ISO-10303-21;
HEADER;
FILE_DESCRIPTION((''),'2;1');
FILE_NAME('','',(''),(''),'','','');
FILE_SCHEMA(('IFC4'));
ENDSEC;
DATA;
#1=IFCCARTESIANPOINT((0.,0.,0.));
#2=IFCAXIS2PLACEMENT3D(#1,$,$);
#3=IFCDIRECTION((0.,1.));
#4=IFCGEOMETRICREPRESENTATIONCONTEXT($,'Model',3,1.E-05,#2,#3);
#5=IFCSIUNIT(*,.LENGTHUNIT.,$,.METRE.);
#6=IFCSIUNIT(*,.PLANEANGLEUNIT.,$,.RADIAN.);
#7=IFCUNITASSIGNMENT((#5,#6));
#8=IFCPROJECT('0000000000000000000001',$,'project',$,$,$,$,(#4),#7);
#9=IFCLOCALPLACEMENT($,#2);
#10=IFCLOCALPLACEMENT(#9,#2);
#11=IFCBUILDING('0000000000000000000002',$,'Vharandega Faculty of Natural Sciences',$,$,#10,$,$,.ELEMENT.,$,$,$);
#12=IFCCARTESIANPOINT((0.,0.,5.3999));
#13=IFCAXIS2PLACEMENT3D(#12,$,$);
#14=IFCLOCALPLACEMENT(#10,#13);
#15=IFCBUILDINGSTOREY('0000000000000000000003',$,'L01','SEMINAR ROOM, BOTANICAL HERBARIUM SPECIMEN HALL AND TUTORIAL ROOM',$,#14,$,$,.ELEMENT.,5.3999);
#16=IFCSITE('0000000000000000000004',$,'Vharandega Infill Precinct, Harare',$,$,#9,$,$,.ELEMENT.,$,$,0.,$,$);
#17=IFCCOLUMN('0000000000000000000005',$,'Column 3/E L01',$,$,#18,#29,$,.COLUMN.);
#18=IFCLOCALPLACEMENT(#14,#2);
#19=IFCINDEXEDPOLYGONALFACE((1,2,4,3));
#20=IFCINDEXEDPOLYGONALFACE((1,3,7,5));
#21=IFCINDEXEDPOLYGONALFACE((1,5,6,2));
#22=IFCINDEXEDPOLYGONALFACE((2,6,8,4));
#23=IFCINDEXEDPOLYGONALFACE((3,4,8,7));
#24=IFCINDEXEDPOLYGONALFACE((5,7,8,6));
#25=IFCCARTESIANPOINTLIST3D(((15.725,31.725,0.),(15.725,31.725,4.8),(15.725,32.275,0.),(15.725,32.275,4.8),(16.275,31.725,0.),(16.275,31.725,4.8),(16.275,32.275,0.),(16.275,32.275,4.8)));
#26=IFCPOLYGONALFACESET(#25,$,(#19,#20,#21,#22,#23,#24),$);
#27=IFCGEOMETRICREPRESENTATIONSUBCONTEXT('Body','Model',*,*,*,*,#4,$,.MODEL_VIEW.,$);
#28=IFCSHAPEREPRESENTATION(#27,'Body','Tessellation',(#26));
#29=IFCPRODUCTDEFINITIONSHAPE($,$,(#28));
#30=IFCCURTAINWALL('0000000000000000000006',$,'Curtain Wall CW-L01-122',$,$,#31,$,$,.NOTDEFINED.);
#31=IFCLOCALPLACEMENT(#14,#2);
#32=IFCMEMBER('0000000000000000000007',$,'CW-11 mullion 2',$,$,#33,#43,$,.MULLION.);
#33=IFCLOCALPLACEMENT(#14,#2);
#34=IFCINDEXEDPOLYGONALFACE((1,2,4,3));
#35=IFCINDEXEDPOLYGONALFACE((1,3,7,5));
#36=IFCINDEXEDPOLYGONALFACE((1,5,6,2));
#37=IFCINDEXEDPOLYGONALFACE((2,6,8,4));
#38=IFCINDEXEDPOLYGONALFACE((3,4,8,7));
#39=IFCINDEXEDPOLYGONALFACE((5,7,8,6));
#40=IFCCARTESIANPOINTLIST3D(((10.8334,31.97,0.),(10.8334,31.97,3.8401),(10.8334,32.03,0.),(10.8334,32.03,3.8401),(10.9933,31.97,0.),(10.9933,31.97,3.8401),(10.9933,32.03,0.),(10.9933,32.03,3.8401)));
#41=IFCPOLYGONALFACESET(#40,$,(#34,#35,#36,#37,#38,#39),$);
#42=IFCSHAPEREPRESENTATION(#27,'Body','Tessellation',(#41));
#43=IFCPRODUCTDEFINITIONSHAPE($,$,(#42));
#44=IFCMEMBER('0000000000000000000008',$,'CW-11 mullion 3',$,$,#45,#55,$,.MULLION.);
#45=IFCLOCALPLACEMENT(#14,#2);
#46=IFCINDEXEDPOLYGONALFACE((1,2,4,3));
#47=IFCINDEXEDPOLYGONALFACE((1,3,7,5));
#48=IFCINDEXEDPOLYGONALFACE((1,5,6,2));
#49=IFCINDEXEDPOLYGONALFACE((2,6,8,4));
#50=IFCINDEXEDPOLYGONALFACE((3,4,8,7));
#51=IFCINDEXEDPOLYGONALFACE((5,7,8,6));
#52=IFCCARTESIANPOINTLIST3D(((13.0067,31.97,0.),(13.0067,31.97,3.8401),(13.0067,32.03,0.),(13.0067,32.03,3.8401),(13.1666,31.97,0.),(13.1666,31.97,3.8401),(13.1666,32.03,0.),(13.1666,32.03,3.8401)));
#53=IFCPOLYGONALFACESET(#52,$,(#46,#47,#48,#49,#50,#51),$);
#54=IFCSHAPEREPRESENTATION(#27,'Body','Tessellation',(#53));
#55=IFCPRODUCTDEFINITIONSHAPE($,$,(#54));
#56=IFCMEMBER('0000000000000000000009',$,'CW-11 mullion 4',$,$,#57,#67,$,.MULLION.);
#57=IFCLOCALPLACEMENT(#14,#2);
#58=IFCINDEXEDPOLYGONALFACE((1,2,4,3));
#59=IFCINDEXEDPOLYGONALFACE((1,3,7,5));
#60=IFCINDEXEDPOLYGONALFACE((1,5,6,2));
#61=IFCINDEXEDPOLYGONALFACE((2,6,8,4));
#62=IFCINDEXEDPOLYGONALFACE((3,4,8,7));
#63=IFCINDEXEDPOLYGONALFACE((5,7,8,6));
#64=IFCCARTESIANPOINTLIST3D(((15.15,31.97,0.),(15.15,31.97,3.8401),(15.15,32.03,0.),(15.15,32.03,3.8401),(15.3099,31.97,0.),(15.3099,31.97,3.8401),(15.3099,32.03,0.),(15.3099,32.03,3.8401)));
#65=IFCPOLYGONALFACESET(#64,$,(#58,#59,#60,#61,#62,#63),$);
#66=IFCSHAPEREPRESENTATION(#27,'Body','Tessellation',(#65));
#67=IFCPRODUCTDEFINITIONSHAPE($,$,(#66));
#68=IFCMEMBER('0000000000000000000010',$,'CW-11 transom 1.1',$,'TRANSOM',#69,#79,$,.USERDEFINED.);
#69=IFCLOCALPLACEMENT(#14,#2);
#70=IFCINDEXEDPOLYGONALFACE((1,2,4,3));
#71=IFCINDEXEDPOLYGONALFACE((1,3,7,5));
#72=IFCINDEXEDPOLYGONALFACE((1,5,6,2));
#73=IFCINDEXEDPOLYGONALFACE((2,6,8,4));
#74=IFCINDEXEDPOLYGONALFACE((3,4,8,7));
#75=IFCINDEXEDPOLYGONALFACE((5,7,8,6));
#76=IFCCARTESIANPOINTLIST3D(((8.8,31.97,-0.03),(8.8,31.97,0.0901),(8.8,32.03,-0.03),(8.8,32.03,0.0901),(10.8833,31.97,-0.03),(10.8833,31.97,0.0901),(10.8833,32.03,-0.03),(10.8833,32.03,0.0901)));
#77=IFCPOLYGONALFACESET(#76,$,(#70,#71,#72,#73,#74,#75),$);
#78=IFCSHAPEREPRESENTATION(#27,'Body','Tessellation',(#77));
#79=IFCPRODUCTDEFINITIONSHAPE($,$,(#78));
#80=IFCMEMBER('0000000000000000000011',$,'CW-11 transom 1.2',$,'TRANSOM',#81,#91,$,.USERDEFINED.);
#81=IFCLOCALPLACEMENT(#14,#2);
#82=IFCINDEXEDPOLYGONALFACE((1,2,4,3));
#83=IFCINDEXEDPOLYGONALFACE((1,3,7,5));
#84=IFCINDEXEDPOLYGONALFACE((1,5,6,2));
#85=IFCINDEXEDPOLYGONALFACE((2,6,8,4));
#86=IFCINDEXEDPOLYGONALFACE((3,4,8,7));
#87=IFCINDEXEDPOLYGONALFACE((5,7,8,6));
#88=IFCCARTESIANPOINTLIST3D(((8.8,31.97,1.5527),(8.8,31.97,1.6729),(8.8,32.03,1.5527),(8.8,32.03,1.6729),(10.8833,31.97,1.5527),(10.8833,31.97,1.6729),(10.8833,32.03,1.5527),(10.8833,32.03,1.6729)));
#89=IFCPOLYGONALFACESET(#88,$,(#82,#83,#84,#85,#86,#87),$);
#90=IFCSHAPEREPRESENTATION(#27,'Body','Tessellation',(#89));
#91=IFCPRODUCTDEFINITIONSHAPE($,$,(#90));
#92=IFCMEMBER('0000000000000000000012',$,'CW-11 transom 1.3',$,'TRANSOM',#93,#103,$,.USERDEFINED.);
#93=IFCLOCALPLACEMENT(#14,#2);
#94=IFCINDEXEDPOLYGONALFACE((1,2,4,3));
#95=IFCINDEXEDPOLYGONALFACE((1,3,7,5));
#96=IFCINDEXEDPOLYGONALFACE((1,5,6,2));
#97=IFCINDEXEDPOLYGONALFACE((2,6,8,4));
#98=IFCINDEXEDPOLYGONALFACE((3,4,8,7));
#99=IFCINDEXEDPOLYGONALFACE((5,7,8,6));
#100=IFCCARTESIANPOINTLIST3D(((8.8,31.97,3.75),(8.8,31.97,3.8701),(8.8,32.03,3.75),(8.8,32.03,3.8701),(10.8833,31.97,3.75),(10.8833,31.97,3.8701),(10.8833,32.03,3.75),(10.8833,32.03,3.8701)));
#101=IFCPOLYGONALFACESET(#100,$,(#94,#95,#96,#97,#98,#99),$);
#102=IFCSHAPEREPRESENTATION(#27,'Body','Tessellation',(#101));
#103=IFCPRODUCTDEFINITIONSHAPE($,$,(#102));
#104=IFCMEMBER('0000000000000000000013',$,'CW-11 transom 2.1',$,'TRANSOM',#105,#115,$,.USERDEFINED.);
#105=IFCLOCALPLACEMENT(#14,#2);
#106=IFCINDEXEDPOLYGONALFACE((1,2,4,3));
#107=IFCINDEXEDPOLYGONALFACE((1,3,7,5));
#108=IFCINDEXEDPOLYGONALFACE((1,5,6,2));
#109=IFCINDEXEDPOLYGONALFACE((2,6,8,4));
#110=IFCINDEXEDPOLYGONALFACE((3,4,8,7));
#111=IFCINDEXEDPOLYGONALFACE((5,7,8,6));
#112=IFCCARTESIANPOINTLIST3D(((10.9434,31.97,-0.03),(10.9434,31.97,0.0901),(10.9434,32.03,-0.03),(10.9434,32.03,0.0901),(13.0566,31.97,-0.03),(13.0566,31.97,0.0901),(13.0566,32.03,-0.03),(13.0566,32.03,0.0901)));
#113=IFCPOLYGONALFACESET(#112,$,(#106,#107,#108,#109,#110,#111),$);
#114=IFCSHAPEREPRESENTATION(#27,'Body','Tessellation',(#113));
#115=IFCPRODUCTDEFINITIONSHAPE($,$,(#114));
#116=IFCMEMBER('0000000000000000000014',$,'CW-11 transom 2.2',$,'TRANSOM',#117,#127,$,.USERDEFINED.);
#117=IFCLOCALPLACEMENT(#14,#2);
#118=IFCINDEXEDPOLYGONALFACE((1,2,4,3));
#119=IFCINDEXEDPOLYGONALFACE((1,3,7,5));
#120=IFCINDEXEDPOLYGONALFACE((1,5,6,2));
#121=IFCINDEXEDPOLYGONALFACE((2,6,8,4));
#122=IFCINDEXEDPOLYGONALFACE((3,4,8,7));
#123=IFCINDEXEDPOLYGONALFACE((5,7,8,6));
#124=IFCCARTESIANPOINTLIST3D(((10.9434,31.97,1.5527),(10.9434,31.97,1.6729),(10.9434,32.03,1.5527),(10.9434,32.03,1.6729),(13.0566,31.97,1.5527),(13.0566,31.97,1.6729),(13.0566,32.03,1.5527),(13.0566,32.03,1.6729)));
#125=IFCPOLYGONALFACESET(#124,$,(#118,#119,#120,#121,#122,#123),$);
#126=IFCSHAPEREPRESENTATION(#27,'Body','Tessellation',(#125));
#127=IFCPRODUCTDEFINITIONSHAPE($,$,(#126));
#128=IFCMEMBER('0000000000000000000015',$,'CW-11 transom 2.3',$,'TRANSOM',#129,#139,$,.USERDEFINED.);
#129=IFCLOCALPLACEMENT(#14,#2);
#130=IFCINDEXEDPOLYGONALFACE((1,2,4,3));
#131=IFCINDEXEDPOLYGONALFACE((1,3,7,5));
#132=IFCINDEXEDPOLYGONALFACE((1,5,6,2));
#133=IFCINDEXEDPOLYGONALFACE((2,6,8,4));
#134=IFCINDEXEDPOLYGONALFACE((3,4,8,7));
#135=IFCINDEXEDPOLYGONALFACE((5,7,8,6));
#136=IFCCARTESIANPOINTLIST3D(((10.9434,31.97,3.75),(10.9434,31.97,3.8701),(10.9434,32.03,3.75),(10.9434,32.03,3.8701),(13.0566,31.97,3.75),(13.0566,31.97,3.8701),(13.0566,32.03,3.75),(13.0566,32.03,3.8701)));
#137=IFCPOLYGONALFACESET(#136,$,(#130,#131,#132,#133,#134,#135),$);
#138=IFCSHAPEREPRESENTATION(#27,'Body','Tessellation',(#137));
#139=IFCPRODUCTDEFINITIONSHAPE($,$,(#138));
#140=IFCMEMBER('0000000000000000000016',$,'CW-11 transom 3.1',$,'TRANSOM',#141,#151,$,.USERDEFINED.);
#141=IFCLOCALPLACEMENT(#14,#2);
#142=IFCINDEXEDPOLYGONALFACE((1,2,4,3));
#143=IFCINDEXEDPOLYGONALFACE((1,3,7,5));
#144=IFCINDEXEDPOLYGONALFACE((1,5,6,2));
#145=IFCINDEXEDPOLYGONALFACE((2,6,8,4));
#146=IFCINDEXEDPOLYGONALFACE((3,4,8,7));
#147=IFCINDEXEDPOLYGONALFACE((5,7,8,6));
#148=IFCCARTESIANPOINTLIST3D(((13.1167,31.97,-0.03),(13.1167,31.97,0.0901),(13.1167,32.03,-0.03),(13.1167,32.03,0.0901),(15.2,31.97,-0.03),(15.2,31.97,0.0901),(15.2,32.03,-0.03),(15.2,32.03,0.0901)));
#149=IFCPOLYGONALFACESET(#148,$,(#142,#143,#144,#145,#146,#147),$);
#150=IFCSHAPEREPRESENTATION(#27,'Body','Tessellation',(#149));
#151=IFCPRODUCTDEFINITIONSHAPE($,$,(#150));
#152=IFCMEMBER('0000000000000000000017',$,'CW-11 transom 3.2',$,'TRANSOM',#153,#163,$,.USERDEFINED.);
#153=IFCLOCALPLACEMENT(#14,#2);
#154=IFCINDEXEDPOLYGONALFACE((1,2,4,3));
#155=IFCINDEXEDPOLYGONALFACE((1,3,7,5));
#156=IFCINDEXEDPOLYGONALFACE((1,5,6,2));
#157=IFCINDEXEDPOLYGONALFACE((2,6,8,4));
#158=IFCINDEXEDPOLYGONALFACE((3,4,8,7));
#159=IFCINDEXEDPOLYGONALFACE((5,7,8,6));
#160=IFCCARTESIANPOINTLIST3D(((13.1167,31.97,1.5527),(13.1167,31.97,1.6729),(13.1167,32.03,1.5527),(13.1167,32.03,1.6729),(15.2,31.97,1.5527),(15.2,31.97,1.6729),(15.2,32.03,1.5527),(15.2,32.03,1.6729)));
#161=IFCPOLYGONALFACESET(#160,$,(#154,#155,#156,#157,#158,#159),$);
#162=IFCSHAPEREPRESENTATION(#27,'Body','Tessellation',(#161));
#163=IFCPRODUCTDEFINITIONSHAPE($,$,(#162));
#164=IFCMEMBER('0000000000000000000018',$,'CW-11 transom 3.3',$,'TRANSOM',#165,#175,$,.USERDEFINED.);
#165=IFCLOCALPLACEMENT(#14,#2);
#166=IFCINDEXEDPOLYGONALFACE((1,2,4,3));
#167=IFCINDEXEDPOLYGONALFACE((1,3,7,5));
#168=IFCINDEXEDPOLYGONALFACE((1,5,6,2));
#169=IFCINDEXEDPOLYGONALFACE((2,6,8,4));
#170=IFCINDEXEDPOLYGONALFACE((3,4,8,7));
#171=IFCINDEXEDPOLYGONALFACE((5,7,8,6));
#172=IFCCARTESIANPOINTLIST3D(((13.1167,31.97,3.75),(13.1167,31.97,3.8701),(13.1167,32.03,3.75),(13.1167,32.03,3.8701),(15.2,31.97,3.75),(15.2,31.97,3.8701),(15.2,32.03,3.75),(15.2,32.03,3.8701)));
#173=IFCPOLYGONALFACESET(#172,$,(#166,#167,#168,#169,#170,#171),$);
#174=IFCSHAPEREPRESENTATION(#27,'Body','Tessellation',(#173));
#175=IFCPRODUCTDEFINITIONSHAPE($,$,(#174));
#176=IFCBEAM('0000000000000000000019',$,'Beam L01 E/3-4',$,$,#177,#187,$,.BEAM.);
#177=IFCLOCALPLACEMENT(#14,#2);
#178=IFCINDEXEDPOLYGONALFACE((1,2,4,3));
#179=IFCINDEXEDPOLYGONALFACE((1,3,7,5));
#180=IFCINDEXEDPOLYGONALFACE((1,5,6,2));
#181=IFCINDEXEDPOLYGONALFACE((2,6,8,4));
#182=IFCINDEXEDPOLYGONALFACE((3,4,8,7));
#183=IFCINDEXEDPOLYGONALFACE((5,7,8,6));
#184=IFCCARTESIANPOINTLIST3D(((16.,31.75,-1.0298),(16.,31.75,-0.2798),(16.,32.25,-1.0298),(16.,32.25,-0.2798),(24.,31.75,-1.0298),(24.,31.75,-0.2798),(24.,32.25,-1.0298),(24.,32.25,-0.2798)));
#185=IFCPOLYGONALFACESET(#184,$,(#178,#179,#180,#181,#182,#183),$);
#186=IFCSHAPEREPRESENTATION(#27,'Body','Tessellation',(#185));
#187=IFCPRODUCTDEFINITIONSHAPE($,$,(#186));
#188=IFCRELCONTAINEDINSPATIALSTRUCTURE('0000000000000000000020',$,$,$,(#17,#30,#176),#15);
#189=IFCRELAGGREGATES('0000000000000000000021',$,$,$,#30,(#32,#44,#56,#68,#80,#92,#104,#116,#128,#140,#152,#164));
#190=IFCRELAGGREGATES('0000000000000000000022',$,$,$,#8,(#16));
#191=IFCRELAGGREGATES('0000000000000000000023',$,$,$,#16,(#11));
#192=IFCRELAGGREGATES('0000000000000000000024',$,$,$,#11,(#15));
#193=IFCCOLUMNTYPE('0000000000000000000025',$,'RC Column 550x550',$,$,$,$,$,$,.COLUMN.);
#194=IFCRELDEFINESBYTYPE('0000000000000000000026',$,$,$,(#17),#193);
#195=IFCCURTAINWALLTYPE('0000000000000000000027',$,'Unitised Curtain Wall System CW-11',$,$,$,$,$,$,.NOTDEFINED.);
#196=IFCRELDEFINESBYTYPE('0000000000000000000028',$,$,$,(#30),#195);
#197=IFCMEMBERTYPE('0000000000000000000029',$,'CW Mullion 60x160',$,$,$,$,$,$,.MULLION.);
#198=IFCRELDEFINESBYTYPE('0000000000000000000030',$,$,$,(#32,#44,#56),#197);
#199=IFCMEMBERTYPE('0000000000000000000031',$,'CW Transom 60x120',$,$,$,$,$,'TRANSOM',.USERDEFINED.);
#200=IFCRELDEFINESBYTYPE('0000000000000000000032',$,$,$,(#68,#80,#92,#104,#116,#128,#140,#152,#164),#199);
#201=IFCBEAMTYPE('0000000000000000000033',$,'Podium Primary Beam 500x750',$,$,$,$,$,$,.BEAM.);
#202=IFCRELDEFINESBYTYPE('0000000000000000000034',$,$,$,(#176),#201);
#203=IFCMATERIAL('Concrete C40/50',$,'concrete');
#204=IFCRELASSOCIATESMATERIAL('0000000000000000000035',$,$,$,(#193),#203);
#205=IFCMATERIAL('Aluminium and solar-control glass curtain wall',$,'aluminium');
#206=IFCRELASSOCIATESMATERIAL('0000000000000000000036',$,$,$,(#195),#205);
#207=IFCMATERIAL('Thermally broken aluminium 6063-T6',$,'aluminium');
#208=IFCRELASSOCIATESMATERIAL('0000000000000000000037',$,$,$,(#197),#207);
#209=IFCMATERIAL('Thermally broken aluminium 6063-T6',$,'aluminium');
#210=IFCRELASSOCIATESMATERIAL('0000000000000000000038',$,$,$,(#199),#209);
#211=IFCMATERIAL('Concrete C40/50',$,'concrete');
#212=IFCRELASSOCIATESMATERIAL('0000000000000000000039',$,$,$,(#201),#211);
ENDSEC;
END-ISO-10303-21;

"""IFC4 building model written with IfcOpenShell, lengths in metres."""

from ifc_helpers import new_model, si_unit, direction, frame, origin, origin_2d, place, context, subcontext, project, spatial, rectangle, extrude, material, material_profile, profile_set, type_object, element, aggregate, save


model = new_model("IFC4")

# Units and contexts
model_context = context("Model", 3, precision=1e-05, world=origin(), true_north=direction((0.0, 1.0)))
body_context = subcontext(model_context, "Body", "Model", "MODEL_VIEW")
ifc_project = project(units=[si_unit("LENGTHUNIT", "METRE"), si_unit("PLANEANGLEUNIT", "RADIAN")], contexts=[model_context])

# Site, building, storey
site_placement = place(None, origin())
site = spatial("IfcSite", under=ifc_project, at=site_placement, Name="Vharandega Infill Precinct, Harare", CompositionType="ELEMENT", RefElevation=0.0)
building_placement = place(site_placement, origin())
building = spatial("IfcBuilding", under=site, at=building_placement, Name="Vharandega Faculty of Natural Sciences", CompositionType="ELEMENT")
storey_placement = place(building_placement, frame((0.0, 0.0, 5.3999)))
storey = spatial("IfcBuildingStorey", under=building, at=storey_placement, Name="L01", Description="SEMINAR ROOM, BOTANICAL HERBARIUM SPECIMEN HALL AND TUTORIAL ROOM", CompositionType="ELEMENT", Elevation=5.3999)

# Column
ifc_material_1 = material(Name="Concrete C40/50", Category="concrete")
ifc_material_profile_1 = material_profile(ifc_material_1, rectangle(XDim=0.55, YDim=0.55, at=origin_2d()), Name="RC 550x550")
ifc_profile_set_1 = profile_set([ifc_material_profile_1], Name="Concrete C40/50")
column_type = type_object("IfcColumnType", Name="RC Column 550x550", PredefinedType="COLUMN", material=ifc_profile_set_1)
column_placement = place(storey_placement, frame((16.0, 32.0, 0.0), z_axis=(0.0, 0.0, 1.0), x_axis=(1.0, 0.0, 0.0)))
element("IfcColumn", 1, at=column_placement, inside=storey, type_object=column_type, Name="Column 3/E L01", PredefinedType="COLUMN", context=body_context, shape_type="SweptSolid", body=[
    extrude(rectangle(XDim=0.55, YDim=0.55, at=origin_2d()), origin(), (0.0, 0.0, 1.0), 4.8),
])

# Curtain wall, members
ifc_material_2 = material(Name="Aluminium and solar-control glass curtain wall", Category="aluminium")
curtain_wall_type = type_object("IfcCurtainWallType", Name="Unitised Curtain Wall System CW-11", PredefinedType="NOTDEFINED", material=ifc_material_2)
curtain_wall_placement = place(storey_placement, origin())
curtain_wall = element("IfcCurtainWall", 2, at=curtain_wall_placement, inside=storey, type_object=curtain_wall_type, Name="Curtain Wall CW-L01-122", PredefinedType="NOTDEFINED")
ifc_material_3 = material(Name="Thermally broken aluminium 6063-T6", Category="aluminium")
ifc_material_profile_2 = material_profile(ifc_material_3, rectangle(XDim=0.0601, YDim=0.1599, at=origin_2d()), Name="ALU 60x160")
ifc_profile_set_2 = profile_set([ifc_material_profile_2], Name="Thermally broken aluminium 6063-T6")
member_type_1 = type_object("IfcMemberType", Name="CW Mullion 60x160", PredefinedType="MULLION", material=ifc_profile_set_2)
member_1_placement = place(storey_placement, frame((10.9133, 32.0, 0.0), z_axis=(0.0, 0.0, 1.0), x_axis=(0.0, 1.0, 0.0)))
member_1 = element("IfcMember", 3, at=member_1_placement, type_object=member_type_1, Name="CW-11 mullion 2", PredefinedType="MULLION", context=body_context, shape_type="SweptSolid", body=[
    extrude(rectangle(XDim=0.0601, YDim=0.1599, at=origin_2d()), origin(), (0.0, 0.0, 1.0), 3.8401),
])
member_2_placement = place(storey_placement, frame((13.0867, 32.0, 0.0), z_axis=(0.0, 0.0, 1.0), x_axis=(0.0, 1.0, 0.0)))
member_2 = element("IfcMember", 4, at=member_2_placement, type_object=member_type_1, Name="CW-11 mullion 3", PredefinedType="MULLION", context=body_context, shape_type="SweptSolid", body=[
    extrude(rectangle(XDim=0.0601, YDim=0.1599, at=origin_2d()), origin(), (0.0, 0.0, 1.0), 3.8401),
])
member_3_placement = place(storey_placement, frame((15.23, 32.0, 0.0), z_axis=(0.0, 0.0, 1.0), x_axis=(0.0, 1.0, 0.0)))
member_3 = element("IfcMember", 5, at=member_3_placement, type_object=member_type_1, Name="CW-11 mullion 4", PredefinedType="MULLION", context=body_context, shape_type="SweptSolid", body=[
    extrude(rectangle(XDim=0.0601, YDim=0.1599, at=origin_2d()), origin(), (0.0, 0.0, 1.0), 3.8401),
])
ifc_material_4 = material(Name="Thermally broken aluminium 6063-T6", Category="aluminium")
ifc_material_profile_3 = material_profile(ifc_material_4, rectangle(XDim=0.0601, YDim=0.1201, at=origin_2d()), Name="ALU 60x120")
ifc_profile_set_3 = profile_set([ifc_material_profile_3], Name="Thermally broken aluminium 6063-T6")
member_type_2 = type_object("IfcMemberType", Name="CW Transom 60x120", ElementType="TRANSOM", PredefinedType="USERDEFINED", material=ifc_profile_set_3)
member_4_placement = place(storey_placement, frame((8.8, 32.0, 0.03), z_axis=(1.0, 0.0, 0.0), x_axis=(0.0, 1.0, 0.0)))
member_4 = element("IfcMember", 6, at=member_4_placement, type_object=member_type_2, Name="CW-11 transom 1.1", ObjectType="TRANSOM", PredefinedType="USERDEFINED", context=body_context, shape_type="SweptSolid", body=[
    extrude(rectangle(XDim=0.0601, YDim=0.1201, at=origin_2d()), origin(), (0.0, 0.0, 1.0), 2.0833),
])
member_5_placement = place(storey_placement, frame((8.8, 32.0, 1.6128), z_axis=(1.0, 0.0, 0.0), x_axis=(0.0, 1.0, 0.0)))
member_5 = element("IfcMember", 7, at=member_5_placement, type_object=member_type_2, Name="CW-11 transom 1.2", ObjectType="TRANSOM", PredefinedType="USERDEFINED", context=body_context, shape_type="SweptSolid", body=[
    extrude(rectangle(XDim=0.0601, YDim=0.1201, at=origin_2d()), origin(), (0.0, 0.0, 1.0), 2.0833),
])
member_6_placement = place(storey_placement, frame((8.8, 32.0, 3.8101), z_axis=(1.0, 0.0, 0.0), x_axis=(0.0, 1.0, 0.0)))
member_6 = element("IfcMember", 8, at=member_6_placement, type_object=member_type_2, Name="CW-11 transom 1.3", ObjectType="TRANSOM", PredefinedType="USERDEFINED", context=body_context, shape_type="SweptSolid", body=[
    extrude(rectangle(XDim=0.0601, YDim=0.1201, at=origin_2d()), origin(), (0.0, 0.0, 1.0), 2.0833),
])
member_7_placement = place(storey_placement, frame((10.9434, 32.0, 0.03), z_axis=(1.0, 0.0, 0.0), x_axis=(0.0, 1.0, 0.0)))
member_7 = element("IfcMember", 9, at=member_7_placement, type_object=member_type_2, Name="CW-11 transom 2.1", ObjectType="TRANSOM", PredefinedType="USERDEFINED", context=body_context, shape_type="SweptSolid", body=[
    extrude(rectangle(XDim=0.0601, YDim=0.1201, at=origin_2d()), origin(), (0.0, 0.0, 1.0), 2.1133),
])
member_8_placement = place(storey_placement, frame((10.9434, 32.0, 1.6128), z_axis=(1.0, 0.0, 0.0), x_axis=(0.0, 1.0, 0.0)))
member_8 = element("IfcMember", 10, at=member_8_placement, type_object=member_type_2, Name="CW-11 transom 2.2", ObjectType="TRANSOM", PredefinedType="USERDEFINED", context=body_context, shape_type="SweptSolid", body=[
    extrude(rectangle(XDim=0.0601, YDim=0.1201, at=origin_2d()), origin(), (0.0, 0.0, 1.0), 2.1133),
])
member_9_placement = place(storey_placement, frame((10.9434, 32.0, 3.8101), z_axis=(1.0, 0.0, 0.0), x_axis=(0.0, 1.0, 0.0)))
member_9 = element("IfcMember", 11, at=member_9_placement, type_object=member_type_2, Name="CW-11 transom 2.3", ObjectType="TRANSOM", PredefinedType="USERDEFINED", context=body_context, shape_type="SweptSolid", body=[
    extrude(rectangle(XDim=0.0601, YDim=0.1201, at=origin_2d()), origin(), (0.0, 0.0, 1.0), 2.1133),
])
member_10_placement = place(storey_placement, frame((13.1167, 32.0, 0.03), z_axis=(1.0, 0.0, 0.0), x_axis=(0.0, 1.0, 0.0)))
member_10 = element("IfcMember", 12, at=member_10_placement, type_object=member_type_2, Name="CW-11 transom 3.1", ObjectType="TRANSOM", PredefinedType="USERDEFINED", context=body_context, shape_type="SweptSolid", body=[
    extrude(rectangle(XDim=0.0601, YDim=0.1201, at=origin_2d()), origin(), (0.0, 0.0, 1.0), 2.0833),
])
member_11_placement = place(storey_placement, frame((13.1167, 32.0, 1.6128), z_axis=(1.0, 0.0, 0.0), x_axis=(0.0, 1.0, 0.0)))
member_11 = element("IfcMember", 13, at=member_11_placement, type_object=member_type_2, Name="CW-11 transom 3.2", ObjectType="TRANSOM", PredefinedType="USERDEFINED", context=body_context, shape_type="SweptSolid", body=[
    extrude(rectangle(XDim=0.0601, YDim=0.1201, at=origin_2d()), origin(), (0.0, 0.0, 1.0), 2.0833),
])
member_12_placement = place(storey_placement, frame((13.1167, 32.0, 3.8101), z_axis=(1.0, 0.0, 0.0), x_axis=(0.0, 1.0, 0.0)))
member_12 = element("IfcMember", 14, at=member_12_placement, type_object=member_type_2, Name="CW-11 transom 3.3", ObjectType="TRANSOM", PredefinedType="USERDEFINED", context=body_context, shape_type="SweptSolid", body=[
    extrude(rectangle(XDim=0.0601, YDim=0.1201, at=origin_2d()), origin(), (0.0, 0.0, 1.0), 2.0833),
])

# Beam
ifc_material_5 = material(Name="Concrete C40/50", Category="concrete")
ifc_material_profile_4 = material_profile(ifc_material_5, rectangle(XDim=0.5, YDim=0.75, at=origin_2d()), Name="RC 500x750")
ifc_profile_set_4 = profile_set([ifc_material_profile_4], Name="Concrete C40/50")
beam_type_1 = type_object("IfcBeamType", Name="Podium Primary Beam 500x750", PredefinedType="BEAM", material=ifc_profile_set_4)
beam_placement = place(storey_placement, frame((16.0, 32.0, -0.6548), z_axis=(1.0, 0.0, 0.0), x_axis=(0.0, 1.0, 0.0)))
element("IfcBeam", 15, at=beam_placement, inside=storey, type_object=beam_type_1, Name="Beam L01 E/3-4", PredefinedType="BEAM", context=body_context, shape_type="SweptSolid", body=[
    extrude(rectangle(XDim=0.5, YDim=0.75, at=origin_2d()), origin(), (0.0, 0.0, 1.0), 8.0),
])

aggregate(curtain_wall, [member_1, member_2, member_3, member_4, member_5, member_6, member_7, member_8, member_9, member_10, member_11, member_12])

save(model, "model.ifc")
